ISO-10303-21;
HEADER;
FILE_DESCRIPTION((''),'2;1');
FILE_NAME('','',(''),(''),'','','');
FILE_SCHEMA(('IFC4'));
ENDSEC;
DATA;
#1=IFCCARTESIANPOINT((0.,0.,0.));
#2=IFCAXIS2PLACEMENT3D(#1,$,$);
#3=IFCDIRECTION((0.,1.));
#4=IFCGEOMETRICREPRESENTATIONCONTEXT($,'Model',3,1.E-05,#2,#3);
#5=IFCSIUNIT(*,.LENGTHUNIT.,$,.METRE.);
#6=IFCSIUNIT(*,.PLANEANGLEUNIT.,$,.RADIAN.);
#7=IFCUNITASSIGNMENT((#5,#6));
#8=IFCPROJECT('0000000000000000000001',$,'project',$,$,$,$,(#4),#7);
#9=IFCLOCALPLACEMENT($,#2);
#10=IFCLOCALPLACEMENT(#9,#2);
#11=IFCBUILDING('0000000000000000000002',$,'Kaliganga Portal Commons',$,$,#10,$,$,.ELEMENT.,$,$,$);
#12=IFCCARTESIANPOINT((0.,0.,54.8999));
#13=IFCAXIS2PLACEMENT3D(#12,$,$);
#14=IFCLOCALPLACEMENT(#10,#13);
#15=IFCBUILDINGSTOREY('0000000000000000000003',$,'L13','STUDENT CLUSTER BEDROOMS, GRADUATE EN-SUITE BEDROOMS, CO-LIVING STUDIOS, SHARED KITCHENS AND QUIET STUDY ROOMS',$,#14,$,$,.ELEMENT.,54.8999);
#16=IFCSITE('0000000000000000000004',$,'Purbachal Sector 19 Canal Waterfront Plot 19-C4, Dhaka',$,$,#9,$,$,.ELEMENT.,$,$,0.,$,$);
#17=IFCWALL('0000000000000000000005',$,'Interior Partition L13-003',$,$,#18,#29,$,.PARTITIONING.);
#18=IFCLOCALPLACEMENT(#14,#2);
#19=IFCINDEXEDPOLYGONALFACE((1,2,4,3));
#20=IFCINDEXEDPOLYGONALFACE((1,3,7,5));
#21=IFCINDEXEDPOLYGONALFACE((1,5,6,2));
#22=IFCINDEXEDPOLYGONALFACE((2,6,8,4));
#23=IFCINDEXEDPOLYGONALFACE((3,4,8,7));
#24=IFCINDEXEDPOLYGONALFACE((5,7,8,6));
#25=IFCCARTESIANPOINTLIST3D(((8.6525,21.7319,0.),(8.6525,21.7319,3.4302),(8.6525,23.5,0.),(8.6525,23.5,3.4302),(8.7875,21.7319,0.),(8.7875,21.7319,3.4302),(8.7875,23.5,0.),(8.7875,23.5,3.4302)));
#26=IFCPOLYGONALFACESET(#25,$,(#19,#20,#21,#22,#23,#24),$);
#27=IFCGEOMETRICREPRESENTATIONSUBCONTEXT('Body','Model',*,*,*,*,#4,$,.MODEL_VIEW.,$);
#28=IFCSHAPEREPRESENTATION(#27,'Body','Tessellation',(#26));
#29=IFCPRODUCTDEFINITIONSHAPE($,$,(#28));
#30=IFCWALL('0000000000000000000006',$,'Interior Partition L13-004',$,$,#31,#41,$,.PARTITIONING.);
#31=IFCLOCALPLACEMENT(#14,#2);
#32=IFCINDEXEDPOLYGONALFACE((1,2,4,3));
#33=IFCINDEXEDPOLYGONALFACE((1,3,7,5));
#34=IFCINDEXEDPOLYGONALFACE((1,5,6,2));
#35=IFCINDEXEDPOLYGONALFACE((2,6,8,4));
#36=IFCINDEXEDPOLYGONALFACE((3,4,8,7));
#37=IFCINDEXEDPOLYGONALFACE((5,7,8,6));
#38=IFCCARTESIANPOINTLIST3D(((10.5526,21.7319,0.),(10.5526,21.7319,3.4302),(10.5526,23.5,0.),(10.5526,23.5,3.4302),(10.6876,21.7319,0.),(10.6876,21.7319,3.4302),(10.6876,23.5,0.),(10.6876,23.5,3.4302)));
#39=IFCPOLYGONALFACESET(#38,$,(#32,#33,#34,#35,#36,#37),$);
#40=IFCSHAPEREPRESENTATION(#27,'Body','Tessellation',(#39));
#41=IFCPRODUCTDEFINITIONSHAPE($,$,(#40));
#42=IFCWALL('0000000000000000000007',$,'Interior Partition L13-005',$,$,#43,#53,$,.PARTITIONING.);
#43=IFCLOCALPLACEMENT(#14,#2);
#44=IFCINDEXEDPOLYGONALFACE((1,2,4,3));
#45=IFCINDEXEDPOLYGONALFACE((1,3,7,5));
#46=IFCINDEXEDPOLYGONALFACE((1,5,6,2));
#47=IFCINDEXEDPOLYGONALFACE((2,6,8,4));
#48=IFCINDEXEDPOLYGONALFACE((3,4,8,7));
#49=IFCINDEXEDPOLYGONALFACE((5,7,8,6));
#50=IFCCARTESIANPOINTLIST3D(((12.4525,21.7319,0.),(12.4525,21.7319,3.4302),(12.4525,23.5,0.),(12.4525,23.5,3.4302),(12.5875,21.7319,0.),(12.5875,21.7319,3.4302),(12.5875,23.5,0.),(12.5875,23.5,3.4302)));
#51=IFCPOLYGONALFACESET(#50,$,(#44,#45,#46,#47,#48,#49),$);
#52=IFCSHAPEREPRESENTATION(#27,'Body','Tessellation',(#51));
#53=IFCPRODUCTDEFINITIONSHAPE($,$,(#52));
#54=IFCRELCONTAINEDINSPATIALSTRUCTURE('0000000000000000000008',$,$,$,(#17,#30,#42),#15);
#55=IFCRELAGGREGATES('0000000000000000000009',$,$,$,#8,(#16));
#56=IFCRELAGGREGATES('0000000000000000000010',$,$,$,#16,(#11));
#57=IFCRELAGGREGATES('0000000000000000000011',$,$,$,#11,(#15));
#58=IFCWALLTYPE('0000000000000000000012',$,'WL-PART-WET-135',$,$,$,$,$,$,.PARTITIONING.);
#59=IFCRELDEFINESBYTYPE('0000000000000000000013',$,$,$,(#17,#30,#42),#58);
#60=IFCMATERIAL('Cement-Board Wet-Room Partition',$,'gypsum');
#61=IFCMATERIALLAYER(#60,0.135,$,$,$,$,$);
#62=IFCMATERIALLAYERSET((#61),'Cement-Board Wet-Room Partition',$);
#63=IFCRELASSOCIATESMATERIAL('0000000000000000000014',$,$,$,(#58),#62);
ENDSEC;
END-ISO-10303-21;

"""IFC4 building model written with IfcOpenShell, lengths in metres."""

from ifc_helpers import new_model, si_unit, direction, frame, frame_2d, origin, place, context, subcontext, project, spatial, rectangle, extrude, material, layer, layer_set, type_object, element, save


model = new_model("IFC4")

# Units and contexts
model_context = context("Model", 3, precision=1e-05, world=origin(), true_north=direction((0.0, 1.0)))
body_context = subcontext(model_context, "Body", "Model", "MODEL_VIEW")
ifc_project = project(units=[si_unit("LENGTHUNIT", "METRE"), si_unit("PLANEANGLEUNIT", "RADIAN")], contexts=[model_context])

# Site, building, storey
site_placement = place(None, origin())
site = spatial("IfcSite", under=ifc_project, at=site_placement, Name="Purbachal Sector 19 Canal Waterfront Plot 19-C4, Dhaka", CompositionType="ELEMENT", RefElevation=0.0)
building_placement = place(site_placement, origin())
building = spatial("IfcBuilding", under=site, at=building_placement, Name="Kaliganga Portal Commons", CompositionType="ELEMENT")
storey_placement = place(building_placement, frame((0.0, 0.0, 54.8999)))
storey = spatial("IfcBuildingStorey", under=building, at=storey_placement, Name="L13", Description="STUDENT CLUSTER BEDROOMS, GRADUATE EN-SUITE BEDROOMS, CO-LIVING STUDIOS, SHARED KITCHENS AND QUIET STUDY ROOMS", CompositionType="ELEMENT", Elevation=54.8999)

# Shared definitions
ifc_material_1 = material(Name="Cement-Board Wet-Room Partition", Category="gypsum")
ifc_layer_1 = layer(ifc_material_1, 0.135)
ifc_layer_set_1 = layer_set([ifc_layer_1], Name="Cement-Board Wet-Room Partition")
wall_type_1 = type_object("IfcWallType", Name="WL-PART-WET-135", PredefinedType="PARTITIONING", material=ifc_layer_set_1)

# Walls
for number, where, z_axis, x_axis, name in (
    (1, (8.72, 21.7319, 0.0), (0.0, 0.0, 1.0), (0.0, 1.0, 0.0), "Interior Partition L13-003"),
    (2, (10.6201, 21.7319, 0.0), (0.0, 0.0, 1.0), (0.0, 1.0, 0.0), "Interior Partition L13-004"),
    (3, (12.52, 21.7319, 0.0), (0.0, 0.0, 1.0), (0.0, 1.0, 0.0), "Interior Partition L13-005"),
):
    element("IfcWall", number, at=place(storey_placement, frame(where, z_axis=z_axis, x_axis=x_axis)), inside=storey, type_object=wall_type_1, Name=name, PredefinedType="PARTITIONING", context=body_context, shape_type="SweptSolid", body=[
        extrude(rectangle(XDim=1.7681, YDim=0.135, at=frame_2d((0.884, 0.0))), origin(), (0.0, 0.0, 1.0), 3.4302),
    ])

save(model, "model.ifc")
